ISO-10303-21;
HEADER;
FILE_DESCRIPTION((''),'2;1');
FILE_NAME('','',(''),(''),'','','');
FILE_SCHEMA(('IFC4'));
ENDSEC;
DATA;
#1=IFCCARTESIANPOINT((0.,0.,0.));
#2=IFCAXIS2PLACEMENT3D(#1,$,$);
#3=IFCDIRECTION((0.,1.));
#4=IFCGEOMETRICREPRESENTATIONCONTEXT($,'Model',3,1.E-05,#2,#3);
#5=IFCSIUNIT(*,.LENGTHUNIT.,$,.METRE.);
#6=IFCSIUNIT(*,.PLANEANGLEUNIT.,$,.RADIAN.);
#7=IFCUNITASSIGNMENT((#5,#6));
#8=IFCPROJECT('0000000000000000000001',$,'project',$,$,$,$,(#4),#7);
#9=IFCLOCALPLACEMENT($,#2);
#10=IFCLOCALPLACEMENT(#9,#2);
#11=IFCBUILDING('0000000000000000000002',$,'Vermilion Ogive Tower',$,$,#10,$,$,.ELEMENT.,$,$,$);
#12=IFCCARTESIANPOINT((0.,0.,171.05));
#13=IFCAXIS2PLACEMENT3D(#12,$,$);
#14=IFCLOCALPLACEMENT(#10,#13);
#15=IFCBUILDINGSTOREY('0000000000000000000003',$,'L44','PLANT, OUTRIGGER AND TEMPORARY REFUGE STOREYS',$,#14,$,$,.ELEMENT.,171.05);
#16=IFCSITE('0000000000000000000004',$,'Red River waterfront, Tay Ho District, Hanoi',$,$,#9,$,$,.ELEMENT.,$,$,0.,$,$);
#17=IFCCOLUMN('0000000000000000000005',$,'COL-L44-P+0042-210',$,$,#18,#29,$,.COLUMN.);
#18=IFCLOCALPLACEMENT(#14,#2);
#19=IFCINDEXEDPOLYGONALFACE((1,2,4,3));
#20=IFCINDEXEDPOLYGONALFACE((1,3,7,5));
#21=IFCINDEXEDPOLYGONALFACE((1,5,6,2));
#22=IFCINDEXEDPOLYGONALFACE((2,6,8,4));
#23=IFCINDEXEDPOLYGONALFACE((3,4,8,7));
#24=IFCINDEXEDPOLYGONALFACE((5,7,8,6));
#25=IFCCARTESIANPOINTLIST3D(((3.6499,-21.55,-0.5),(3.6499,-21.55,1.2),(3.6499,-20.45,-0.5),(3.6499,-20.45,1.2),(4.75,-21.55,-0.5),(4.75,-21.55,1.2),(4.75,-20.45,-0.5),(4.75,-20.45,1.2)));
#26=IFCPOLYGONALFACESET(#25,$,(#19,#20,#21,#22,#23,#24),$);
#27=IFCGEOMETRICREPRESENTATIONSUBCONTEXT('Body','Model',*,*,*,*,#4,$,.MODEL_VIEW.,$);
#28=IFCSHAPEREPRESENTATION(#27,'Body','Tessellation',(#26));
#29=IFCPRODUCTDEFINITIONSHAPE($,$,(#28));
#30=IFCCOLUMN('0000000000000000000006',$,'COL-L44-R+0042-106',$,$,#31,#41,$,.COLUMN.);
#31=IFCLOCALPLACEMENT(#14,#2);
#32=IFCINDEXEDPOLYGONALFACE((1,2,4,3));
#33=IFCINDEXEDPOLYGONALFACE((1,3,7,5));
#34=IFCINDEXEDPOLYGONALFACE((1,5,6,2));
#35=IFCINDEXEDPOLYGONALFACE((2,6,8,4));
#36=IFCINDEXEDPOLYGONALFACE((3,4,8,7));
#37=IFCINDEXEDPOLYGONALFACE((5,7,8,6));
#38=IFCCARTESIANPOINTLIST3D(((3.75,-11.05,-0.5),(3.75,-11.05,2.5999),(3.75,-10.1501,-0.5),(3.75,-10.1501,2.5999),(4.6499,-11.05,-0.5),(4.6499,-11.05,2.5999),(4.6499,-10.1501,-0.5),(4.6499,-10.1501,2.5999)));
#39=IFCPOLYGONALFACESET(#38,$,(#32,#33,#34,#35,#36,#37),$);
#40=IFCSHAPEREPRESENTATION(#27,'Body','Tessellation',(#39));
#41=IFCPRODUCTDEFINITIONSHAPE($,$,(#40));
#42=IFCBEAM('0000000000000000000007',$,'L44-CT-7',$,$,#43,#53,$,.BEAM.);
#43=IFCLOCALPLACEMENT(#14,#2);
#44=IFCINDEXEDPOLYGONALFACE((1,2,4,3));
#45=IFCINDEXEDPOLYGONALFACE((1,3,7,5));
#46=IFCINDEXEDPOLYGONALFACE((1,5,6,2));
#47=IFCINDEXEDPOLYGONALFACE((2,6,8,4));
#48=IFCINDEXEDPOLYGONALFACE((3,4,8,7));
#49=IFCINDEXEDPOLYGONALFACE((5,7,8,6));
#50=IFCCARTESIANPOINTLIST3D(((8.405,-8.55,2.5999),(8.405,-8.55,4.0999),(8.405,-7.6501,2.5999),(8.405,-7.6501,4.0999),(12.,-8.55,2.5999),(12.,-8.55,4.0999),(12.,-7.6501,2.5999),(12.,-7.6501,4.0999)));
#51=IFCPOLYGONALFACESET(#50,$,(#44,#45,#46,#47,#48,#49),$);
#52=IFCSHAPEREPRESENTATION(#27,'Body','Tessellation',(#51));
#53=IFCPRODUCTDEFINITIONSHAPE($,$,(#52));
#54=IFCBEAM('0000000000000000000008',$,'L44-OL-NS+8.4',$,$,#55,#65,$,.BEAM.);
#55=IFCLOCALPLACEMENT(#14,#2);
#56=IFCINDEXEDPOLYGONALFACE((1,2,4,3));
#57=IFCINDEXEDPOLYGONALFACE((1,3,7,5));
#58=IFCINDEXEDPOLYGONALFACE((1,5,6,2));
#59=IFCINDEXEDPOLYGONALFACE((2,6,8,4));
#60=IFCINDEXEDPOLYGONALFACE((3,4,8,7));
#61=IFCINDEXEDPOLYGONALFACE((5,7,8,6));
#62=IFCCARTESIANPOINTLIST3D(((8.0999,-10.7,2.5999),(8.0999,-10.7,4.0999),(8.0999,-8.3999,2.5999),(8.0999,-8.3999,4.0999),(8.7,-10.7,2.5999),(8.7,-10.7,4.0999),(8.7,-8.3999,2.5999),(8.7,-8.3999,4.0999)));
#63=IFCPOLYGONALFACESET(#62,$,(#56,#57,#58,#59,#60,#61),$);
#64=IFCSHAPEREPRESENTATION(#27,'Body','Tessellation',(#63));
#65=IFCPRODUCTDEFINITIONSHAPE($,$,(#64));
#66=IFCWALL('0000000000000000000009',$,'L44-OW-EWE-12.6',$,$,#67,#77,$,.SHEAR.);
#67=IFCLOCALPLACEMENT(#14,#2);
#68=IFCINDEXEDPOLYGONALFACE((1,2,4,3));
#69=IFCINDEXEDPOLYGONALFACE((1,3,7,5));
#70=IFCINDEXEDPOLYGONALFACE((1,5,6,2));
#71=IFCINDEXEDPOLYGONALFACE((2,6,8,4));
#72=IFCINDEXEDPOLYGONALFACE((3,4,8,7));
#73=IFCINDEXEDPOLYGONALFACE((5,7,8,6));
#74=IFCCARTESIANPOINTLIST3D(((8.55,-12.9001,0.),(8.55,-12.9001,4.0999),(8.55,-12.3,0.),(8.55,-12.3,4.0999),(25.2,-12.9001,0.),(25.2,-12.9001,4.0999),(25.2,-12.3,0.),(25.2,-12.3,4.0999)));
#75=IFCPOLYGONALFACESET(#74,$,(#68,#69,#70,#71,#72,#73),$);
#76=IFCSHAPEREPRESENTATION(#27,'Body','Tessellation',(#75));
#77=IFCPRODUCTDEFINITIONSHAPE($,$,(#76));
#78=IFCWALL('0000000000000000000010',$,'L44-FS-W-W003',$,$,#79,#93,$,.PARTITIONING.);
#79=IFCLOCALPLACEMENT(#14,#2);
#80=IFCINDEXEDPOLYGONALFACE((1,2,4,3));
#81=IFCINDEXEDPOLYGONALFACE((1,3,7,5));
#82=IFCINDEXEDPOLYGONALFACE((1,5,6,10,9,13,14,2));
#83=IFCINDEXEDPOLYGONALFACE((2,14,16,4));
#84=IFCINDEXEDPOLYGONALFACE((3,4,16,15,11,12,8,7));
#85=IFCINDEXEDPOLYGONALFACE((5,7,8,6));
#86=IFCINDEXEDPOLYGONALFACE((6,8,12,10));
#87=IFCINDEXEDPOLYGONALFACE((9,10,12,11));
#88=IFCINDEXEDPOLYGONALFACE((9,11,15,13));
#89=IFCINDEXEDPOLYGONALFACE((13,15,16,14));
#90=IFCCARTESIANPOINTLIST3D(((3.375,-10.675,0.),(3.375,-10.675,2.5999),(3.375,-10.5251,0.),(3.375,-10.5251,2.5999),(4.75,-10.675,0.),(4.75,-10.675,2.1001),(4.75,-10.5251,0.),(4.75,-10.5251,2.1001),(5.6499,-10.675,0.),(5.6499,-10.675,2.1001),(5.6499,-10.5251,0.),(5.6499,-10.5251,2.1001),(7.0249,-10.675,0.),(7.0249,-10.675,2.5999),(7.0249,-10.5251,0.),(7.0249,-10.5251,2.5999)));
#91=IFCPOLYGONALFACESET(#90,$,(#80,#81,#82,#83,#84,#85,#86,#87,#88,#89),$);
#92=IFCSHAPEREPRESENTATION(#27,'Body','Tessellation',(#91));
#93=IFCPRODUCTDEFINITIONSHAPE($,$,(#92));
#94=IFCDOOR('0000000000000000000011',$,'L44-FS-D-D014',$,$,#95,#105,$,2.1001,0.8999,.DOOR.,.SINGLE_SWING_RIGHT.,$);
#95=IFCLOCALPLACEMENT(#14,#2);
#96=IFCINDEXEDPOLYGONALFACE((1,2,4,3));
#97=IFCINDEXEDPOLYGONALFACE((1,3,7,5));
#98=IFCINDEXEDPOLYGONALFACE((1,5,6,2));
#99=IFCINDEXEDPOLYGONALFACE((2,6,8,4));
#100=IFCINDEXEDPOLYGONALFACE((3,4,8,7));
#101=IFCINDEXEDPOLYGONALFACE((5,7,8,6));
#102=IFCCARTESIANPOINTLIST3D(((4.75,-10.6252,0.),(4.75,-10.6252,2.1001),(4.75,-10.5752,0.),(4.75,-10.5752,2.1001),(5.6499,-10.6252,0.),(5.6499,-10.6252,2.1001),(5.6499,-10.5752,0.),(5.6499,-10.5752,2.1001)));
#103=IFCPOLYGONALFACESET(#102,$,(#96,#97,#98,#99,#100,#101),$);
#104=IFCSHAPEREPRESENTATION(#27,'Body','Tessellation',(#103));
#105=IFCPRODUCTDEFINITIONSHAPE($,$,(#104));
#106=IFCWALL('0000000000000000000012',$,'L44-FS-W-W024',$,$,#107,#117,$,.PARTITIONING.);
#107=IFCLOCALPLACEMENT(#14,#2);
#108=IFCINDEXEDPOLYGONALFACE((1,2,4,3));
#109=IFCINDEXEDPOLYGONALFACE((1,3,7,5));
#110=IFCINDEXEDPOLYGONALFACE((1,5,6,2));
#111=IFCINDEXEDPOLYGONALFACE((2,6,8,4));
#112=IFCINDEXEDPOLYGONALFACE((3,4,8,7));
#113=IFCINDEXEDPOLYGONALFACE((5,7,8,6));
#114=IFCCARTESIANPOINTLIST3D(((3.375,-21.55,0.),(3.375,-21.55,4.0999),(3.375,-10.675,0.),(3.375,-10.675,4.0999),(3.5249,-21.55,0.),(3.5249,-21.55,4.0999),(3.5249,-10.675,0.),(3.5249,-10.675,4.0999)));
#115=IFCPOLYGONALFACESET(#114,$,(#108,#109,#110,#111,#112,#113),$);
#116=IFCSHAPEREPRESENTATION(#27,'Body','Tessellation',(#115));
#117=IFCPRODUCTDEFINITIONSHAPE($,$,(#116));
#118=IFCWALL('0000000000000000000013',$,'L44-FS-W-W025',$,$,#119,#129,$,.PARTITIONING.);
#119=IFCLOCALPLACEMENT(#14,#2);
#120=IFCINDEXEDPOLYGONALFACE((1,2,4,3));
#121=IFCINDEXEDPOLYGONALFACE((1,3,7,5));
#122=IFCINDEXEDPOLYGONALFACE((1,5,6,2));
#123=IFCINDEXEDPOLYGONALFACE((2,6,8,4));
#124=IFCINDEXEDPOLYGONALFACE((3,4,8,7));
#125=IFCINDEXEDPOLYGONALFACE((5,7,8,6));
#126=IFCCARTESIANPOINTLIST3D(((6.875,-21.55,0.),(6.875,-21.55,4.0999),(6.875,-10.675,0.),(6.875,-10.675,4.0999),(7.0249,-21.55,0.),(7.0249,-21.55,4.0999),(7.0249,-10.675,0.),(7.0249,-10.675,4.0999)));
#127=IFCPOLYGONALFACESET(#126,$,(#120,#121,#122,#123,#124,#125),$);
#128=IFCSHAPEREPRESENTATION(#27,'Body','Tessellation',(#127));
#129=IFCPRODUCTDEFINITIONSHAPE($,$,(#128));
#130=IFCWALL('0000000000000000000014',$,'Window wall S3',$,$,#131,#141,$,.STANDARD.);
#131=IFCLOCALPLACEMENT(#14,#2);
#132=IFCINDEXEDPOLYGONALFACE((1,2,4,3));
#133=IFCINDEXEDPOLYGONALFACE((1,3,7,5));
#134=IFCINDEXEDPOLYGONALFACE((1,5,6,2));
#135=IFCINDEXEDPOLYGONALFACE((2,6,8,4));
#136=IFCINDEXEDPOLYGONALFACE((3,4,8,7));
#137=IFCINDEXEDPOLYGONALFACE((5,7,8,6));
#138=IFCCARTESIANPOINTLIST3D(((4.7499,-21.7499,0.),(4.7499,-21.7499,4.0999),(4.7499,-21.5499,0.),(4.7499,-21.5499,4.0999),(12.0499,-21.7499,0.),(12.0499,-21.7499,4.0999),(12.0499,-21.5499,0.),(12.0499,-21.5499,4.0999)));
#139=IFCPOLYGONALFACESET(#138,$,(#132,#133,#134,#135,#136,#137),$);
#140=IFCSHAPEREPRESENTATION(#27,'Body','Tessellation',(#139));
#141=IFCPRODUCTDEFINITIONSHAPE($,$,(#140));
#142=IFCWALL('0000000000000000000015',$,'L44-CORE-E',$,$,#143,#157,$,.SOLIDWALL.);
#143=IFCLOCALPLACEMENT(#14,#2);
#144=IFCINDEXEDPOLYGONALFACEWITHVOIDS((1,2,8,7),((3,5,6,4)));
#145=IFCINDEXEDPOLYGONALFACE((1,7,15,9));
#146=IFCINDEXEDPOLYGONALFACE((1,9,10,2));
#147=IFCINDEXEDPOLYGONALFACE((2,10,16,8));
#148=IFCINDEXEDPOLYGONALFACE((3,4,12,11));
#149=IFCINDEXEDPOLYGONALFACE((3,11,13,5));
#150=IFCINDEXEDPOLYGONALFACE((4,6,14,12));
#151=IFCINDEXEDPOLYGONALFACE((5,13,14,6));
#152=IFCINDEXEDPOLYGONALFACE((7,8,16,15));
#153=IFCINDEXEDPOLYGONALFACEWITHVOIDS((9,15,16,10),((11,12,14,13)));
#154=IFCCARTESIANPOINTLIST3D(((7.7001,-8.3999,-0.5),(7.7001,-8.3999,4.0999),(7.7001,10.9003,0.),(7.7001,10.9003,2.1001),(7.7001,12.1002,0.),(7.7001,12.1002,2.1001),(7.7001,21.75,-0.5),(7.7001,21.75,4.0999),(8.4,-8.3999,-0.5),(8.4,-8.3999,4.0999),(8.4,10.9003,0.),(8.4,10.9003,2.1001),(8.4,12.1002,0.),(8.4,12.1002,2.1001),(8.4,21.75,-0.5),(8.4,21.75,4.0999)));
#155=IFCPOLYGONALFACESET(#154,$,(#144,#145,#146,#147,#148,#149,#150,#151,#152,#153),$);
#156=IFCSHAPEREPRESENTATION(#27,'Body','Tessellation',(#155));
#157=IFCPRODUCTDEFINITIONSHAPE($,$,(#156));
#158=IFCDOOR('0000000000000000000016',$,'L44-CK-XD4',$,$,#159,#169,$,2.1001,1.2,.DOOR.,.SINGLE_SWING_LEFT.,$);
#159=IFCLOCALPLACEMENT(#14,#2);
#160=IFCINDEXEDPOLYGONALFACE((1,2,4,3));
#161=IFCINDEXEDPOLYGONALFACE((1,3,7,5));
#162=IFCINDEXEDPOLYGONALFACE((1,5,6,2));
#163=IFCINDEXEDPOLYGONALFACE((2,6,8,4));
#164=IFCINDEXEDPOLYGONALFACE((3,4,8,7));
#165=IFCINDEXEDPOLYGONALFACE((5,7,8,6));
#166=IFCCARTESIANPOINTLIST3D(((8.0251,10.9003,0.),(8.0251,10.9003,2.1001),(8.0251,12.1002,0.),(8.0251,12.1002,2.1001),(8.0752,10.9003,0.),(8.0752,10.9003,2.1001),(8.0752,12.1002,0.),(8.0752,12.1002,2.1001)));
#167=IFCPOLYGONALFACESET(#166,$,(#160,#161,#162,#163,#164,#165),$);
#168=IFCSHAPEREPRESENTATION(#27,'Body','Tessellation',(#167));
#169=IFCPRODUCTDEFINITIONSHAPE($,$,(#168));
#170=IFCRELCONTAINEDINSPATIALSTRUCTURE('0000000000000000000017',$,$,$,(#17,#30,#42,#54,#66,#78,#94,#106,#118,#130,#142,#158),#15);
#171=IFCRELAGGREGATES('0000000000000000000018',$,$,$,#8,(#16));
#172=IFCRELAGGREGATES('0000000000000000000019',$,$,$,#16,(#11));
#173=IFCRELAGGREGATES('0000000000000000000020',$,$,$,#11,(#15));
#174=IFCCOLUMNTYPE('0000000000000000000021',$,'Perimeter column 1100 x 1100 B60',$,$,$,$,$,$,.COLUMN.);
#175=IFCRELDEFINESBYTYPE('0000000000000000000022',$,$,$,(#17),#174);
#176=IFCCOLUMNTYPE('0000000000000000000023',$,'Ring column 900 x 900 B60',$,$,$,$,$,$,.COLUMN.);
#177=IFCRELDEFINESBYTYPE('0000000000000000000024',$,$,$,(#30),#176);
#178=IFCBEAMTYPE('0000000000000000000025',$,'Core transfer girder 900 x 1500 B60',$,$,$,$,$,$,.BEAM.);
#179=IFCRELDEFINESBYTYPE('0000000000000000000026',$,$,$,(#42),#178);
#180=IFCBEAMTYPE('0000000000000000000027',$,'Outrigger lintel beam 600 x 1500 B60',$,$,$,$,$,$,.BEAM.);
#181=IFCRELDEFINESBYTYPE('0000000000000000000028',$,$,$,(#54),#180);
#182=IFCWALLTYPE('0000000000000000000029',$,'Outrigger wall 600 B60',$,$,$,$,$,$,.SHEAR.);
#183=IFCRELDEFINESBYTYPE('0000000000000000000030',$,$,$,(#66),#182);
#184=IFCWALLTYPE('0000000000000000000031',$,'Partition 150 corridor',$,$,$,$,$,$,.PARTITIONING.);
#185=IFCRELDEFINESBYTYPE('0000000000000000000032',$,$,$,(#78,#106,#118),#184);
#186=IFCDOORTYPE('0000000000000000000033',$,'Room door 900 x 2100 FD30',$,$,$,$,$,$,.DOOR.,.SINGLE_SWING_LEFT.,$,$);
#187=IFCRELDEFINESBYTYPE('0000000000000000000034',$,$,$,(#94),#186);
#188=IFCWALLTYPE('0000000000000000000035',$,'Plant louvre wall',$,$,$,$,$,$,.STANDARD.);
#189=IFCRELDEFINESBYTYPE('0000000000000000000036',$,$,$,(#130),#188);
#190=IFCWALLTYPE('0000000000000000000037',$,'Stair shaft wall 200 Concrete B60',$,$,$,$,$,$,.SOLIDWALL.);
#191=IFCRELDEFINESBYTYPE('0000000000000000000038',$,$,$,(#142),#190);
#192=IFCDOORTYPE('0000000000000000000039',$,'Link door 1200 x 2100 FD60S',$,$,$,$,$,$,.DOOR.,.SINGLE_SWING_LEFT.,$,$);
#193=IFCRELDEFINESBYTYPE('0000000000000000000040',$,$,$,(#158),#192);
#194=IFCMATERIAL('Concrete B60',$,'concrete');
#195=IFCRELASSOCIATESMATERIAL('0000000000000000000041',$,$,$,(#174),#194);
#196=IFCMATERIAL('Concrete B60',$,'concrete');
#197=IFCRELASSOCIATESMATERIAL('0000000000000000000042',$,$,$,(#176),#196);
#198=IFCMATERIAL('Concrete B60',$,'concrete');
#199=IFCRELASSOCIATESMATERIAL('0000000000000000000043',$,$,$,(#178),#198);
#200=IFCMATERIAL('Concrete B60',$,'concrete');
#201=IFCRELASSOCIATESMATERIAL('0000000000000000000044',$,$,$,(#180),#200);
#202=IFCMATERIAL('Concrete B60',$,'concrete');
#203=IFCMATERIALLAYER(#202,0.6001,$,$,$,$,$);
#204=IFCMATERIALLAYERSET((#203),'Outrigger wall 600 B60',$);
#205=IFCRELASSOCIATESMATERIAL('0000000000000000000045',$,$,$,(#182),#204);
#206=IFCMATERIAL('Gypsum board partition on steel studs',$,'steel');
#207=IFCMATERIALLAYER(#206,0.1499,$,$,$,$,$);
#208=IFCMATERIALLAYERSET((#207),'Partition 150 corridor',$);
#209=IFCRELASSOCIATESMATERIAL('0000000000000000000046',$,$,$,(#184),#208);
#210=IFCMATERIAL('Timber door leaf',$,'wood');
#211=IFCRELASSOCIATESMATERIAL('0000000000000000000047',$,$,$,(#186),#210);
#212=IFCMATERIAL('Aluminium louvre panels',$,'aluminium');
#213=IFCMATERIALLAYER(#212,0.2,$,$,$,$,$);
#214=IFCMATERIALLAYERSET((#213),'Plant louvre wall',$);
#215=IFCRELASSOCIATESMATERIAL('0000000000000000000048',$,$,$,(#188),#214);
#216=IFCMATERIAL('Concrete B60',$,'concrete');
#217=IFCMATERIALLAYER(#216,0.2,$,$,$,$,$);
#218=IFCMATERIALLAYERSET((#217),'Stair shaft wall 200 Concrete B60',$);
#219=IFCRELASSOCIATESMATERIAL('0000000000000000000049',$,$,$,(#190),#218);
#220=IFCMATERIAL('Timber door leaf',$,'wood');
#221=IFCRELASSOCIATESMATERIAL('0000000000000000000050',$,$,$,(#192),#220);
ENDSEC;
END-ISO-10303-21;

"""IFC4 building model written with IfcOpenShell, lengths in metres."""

from ifc_helpers import new_model, si_unit, direction, frame, frame_2d, origin, origin_2d, place, context, subcontext, project, spatial, rectangle, extrude, material, layer, layer_set, material_profile, profile_set, type_object, element, fill, save


model = new_model("IFC4")

# Units and contexts
model_context = context("Model", 3, precision=1e-05, world=origin(), true_north=direction((0.0, 1.0)))
body_context = subcontext(model_context, "Body", "Model", "MODEL_VIEW")
ifc_project = project(units=[si_unit("LENGTHUNIT", "METRE"), si_unit("PLANEANGLEUNIT", "RADIAN")], contexts=[model_context])

# Site, building, storey
site_placement = place(None, origin())
site = spatial("IfcSite", under=ifc_project, at=site_placement, Name="Red River waterfront, Tay Ho District, Hanoi", CompositionType="ELEMENT", RefElevation=0.0)
building_placement = place(site_placement, origin())
building = spatial("IfcBuilding", under=site, at=building_placement, Name="Vermilion Ogive Tower", CompositionType="ELEMENT")
storey_placement = place(building_placement, frame((0.0, 0.0, 171.05)))
storey = spatial("IfcBuildingStorey", under=building, at=storey_placement, Name="L44", Description="PLANT, OUTRIGGER AND TEMPORARY REFUGE STOREYS", CompositionType="ELEMENT", Elevation=171.05)

# Columns
ifc_material_1 = material(Name="Concrete B60", Category="concrete")
ifc_material_profile_1 = material_profile(ifc_material_1, rectangle(XDim=1.1001, YDim=1.1001, at=origin_2d()), Name="1100 x 1100")
ifc_profile_set_1 = profile_set([ifc_material_profile_1], Name="Concrete B60")
column_type_1 = type_object("IfcColumnType", Name="Perimeter column 1100 x 1100 B60", PredefinedType="COLUMN", material=ifc_profile_set_1)
column_1_placement = place(storey_placement, frame((4.2, -21.0, -0.5), z_axis=(0.0, 0.0, 1.0), x_axis=(1.0, 0.0, 0.0)))
element("IfcColumn", 1, at=column_1_placement, inside=storey, type_object=column_type_1, Name="COL-L44-P+0042-210", PredefinedType="COLUMN", context=body_context, shape_type="SweptSolid", body=[
    extrude(rectangle(XDim=1.1001, YDim=1.1001, at=origin_2d()), origin(), (0.0, 0.0, 1.0), 1.7),
])
ifc_material_2 = material(Name="Concrete B60", Category="concrete")
ifc_material_profile_2 = material_profile(ifc_material_2, rectangle(XDim=0.8999, YDim=0.8999, at=origin_2d()), Name="900 x 900")
ifc_profile_set_2 = profile_set([ifc_material_profile_2], Name="Concrete B60")
column_type_2 = type_object("IfcColumnType", Name="Ring column 900 x 900 B60", PredefinedType="COLUMN", material=ifc_profile_set_2)
column_2_placement = place(storey_placement, frame((4.2, -10.6001, -0.5), z_axis=(0.0, 0.0, 1.0), x_axis=(1.0, 0.0, 0.0)))
element("IfcColumn", 2, at=column_2_placement, inside=storey, type_object=column_type_2, Name="COL-L44-R+0042-106", PredefinedType="COLUMN", context=body_context, shape_type="SweptSolid", body=[
    extrude(rectangle(XDim=0.8999, YDim=0.8999, at=origin_2d()), origin(), (0.0, 0.0, 1.0), 3.0999),
])

# Beams
ifc_material_3 = material(Name="Concrete B60", Category="concrete")
ifc_material_profile_3 = material_profile(ifc_material_3, rectangle(XDim=0.8999, YDim=1.5, at=origin_2d()), Name="900 x 1500")
ifc_profile_set_3 = profile_set([ifc_material_profile_3], Name="Concrete B60")
beam_type_1 = type_object("IfcBeamType", Name="Core transfer girder 900 x 1500 B60", PredefinedType="BEAM", material=ifc_profile_set_3)
beam_1_placement = place(storey_placement, frame((8.405, -8.1001, 3.3499), z_axis=(1.0, 0.0, 0.0), x_axis=(0.0, 1.0, 0.0)))
element("IfcBeam", 3, at=beam_1_placement, inside=storey, type_object=beam_type_1, Name="L44-CT-7", PredefinedType="BEAM", context=body_context, shape_type="SweptSolid", body=[
    extrude(rectangle(XDim=0.8999, YDim=1.5, at=origin_2d()), origin(), (0.0, 0.0, 1.0), 3.595),
])
ifc_material_4 = material(Name="Concrete B60", Category="concrete")
ifc_material_profile_4 = material_profile(ifc_material_4, rectangle(XDim=0.6001, YDim=1.5, at=origin_2d()), Name="600 x 1500")
ifc_profile_set_4 = profile_set([ifc_material_profile_4], Name="Concrete B60")
beam_type_2 = type_object("IfcBeamType", Name="Outrigger lintel beam 600 x 1500 B60", PredefinedType="BEAM", material=ifc_profile_set_4)
beam_2_placement = place(storey_placement, frame((8.3999, -8.3999, 3.3499), z_axis=(0.0, -1.0, 0.0), x_axis=(1.0, 0.0, 0.0)))
element("IfcBeam", 4, at=beam_2_placement, inside=storey, type_object=beam_type_2, Name="L44-OL-NS+8.4", PredefinedType="BEAM", context=body_context, shape_type="SweptSolid", body=[
    extrude(rectangle(XDim=0.6001, YDim=1.5, at=origin_2d()), origin(), (0.0, 0.0, 1.0), 2.3),
])

# Wall
ifc_material_5 = material(Name="Concrete B60", Category="concrete")
ifc_layer_1 = layer(ifc_material_5, 0.6001)
ifc_layer_set_1 = layer_set([ifc_layer_1], Name="Outrigger wall 600 B60")
wall_type_1 = type_object("IfcWallType", Name="Outrigger wall 600 B60", PredefinedType="SHEAR", material=ifc_layer_set_1)
wall_1_placement = place(storey_placement, frame((8.55, -12.6001, 0.0), z_axis=(0.0, 0.0, 1.0), x_axis=(1.0, 0.0, 0.0)))
element("IfcWall", 5, at=wall_1_placement, inside=storey, type_object=wall_type_1, Name="L44-OW-EWE-12.6", PredefinedType="SHEAR", context=body_context, shape_type="SweptSolid", body=[
    extrude(rectangle(XDim=16.6499, YDim=0.6001, at=frame_2d((8.325, 0.0))), origin(), (0.0, 0.0, 1.0), 4.0999),
])

# Wall, opening, door
ifc_material_6 = material(Name="Gypsum board partition on steel studs", Category="steel")
ifc_layer_2 = layer(ifc_material_6, 0.1499)
ifc_layer_set_2 = layer_set([ifc_layer_2], Name="Partition 150 corridor")
wall_type_2 = type_object("IfcWallType", Name="Partition 150 corridor", PredefinedType="PARTITIONING", material=ifc_layer_set_2)
wall_2_placement = place(storey_placement, frame((3.375, -10.6001, 0.0), z_axis=(0.0, 0.0, 1.0), x_axis=(1.0, 0.0, 0.0)))
wall_2 = element("IfcWall", 6, at=wall_2_placement, inside=storey, type_object=wall_type_2, Name="L44-FS-W-W003", PredefinedType="PARTITIONING", context=body_context, shape_type="SweptSolid", body=[
    extrude(rectangle(XDim=3.6499, YDim=0.1499, at=frame_2d((1.825, 0.0))), origin(), (0.0, 0.0, 1.0), 2.5999),
])
opening_1_placement = place(wall_2_placement, frame((1.375, 0.0, 0.0)))
opening_1 = element("IfcOpeningElement", 7, at=opening_1_placement, cuts=wall_2, PredefinedType="OPENING", context=body_context, shape_type="SweptSolid", body=[
    extrude(rectangle(XDim=0.8999, YDim=2.1001, at=frame_2d((0.45, 1.05))), frame((0.0, 0.085, 0.0), z_axis=(0.0, -1.0, 0.0), x_axis=(1.0, 0.0, 0.0)), (0.0, 0.0, 1.0), 0.1699),
])
ifc_material_7 = material(Name="Timber door leaf", Category="wood")
door_type_1 = type_object("IfcDoorType", Name="Room door 900 x 2100 FD30", OperationType="SINGLE_SWING_LEFT", PredefinedType="DOOR", material=ifc_material_7)
door_1_placement = place(opening_1_placement, origin())
door_1 = element("IfcDoor", 8, at=door_1_placement, inside=storey, type_object=door_type_1, Name="L44-FS-D-D014", OperationType="SINGLE_SWING_RIGHT", OverallHeight=2.1001, OverallWidth=0.8999, PredefinedType="DOOR", context=body_context, shape_type="SweptSolid", body=[
    extrude(rectangle(XDim=0.8999, YDim=2.1001, at=frame_2d((0.45, 1.05))), frame((0.0, 0.0249, 0.0), z_axis=(0.0, -1.0, 0.0), x_axis=(1.0, 0.0, 0.0)), (0.0, 0.0, 1.0), 0.05),
])
fill(opening_1, door_1)

# Walls
for number, where, z_axis, x_axis, name in (
    (9, (3.45, -21.55, 0.0), (0.0, 0.0, 1.0), (0.0, 1.0, 0.0), "L44-FS-W-W024"),
    (10, (6.95, -21.55, 0.0), (0.0, 0.0, 1.0), (0.0, 1.0, 0.0), "L44-FS-W-W025"),
):
    element("IfcWall", number, at=place(storey_placement, frame(where, z_axis=z_axis, x_axis=x_axis)), inside=storey, type_object=wall_type_2, Name=name, PredefinedType="PARTITIONING", context=body_context, shape_type="SweptSolid", body=[
        extrude(rectangle(XDim=10.875, YDim=0.1499, at=frame_2d((5.4375, 0.0))), origin(), (0.0, 0.0, 1.0), 4.0999),
    ])
ifc_material_8 = material(Name="Aluminium louvre panels", Category="aluminium")
ifc_layer_3 = layer(ifc_material_8, 0.2)
ifc_layer_set_3 = layer_set([ifc_layer_3], Name="Plant louvre wall")
wall_type_3 = type_object("IfcWallType", Name="Plant louvre wall", PredefinedType="STANDARD", material=ifc_layer_set_3)
wall_3_placement = place(storey_placement, frame((4.75, -21.6499, 0.0), z_axis=(0.0, 0.0, 1.0), x_axis=(1.0, 0.0, 0.0)))
element("IfcWall", 11, at=wall_3_placement, inside=storey, type_object=wall_type_3, Name="Window wall S3", PredefinedType="STANDARD", context=body_context, shape_type="SweptSolid", body=[
    extrude(rectangle(XDim=7.3, YDim=0.2, at=frame_2d((3.6499, 0.0))), origin(), (0.0, 0.0, 1.0), 4.0999),
])

# Wall, opening, door
ifc_material_9 = material(Name="Concrete B60", Category="concrete")
ifc_layer_4 = layer(ifc_material_9, 0.2)
ifc_layer_set_4 = layer_set([ifc_layer_4], Name="Stair shaft wall 200 Concrete B60")
wall_type_4 = type_object("IfcWallType", Name="Stair shaft wall 200 Concrete B60", PredefinedType="SOLIDWALL", material=ifc_layer_set_4)
wall_4_placement = place(storey_placement, frame((8.05, -8.3999, -0.5), z_axis=(0.0, 0.0, 1.0), x_axis=(0.0, 1.0, 0.0)))
wall_4 = element("IfcWall", 12, at=wall_4_placement, inside=storey, type_object=wall_type_4, Name="L44-CORE-E", PredefinedType="SOLIDWALL", context=body_context, shape_type="SweptSolid", body=[
    extrude(rectangle(XDim=30.1499, YDim=0.7, at=frame_2d((15.075, 0.0))), origin(), (0.0, 0.0, 1.0), 4.5999),
])
opening_2_placement = place(wall_4_placement, frame((19.3, 0.0, 0.5)))
opening_2 = element("IfcOpeningElement", 13, at=opening_2_placement, cuts=wall_4, PredefinedType="OPENING", context=body_context, shape_type="SweptSolid", body=[
    extrude(rectangle(XDim=1.2, YDim=2.1001, at=frame_2d((0.6001, 1.05))), frame((0.0, 0.3599, 0.0), z_axis=(0.0, -1.0, 0.0), x_axis=(1.0, 0.0, 0.0)), (0.0, 0.0, 1.0), 0.72),
])
ifc_material_10 = material(Name="Timber door leaf", Category="wood")
door_type_2 = type_object("IfcDoorType", Name="Link door 1200 x 2100 FD60S", OperationType="SINGLE_SWING_LEFT", PredefinedType="DOOR", material=ifc_material_10)
door_2_placement = place(opening_2_placement, origin())
door_2 = element("IfcDoor", 14, at=door_2_placement, inside=storey, type_object=door_type_2, Name="L44-CK-XD4", OperationType="SINGLE_SWING_LEFT", OverallHeight=2.1001, OverallWidth=1.2, PredefinedType="DOOR", context=body_context, shape_type="SweptSolid", body=[
    extrude(rectangle(XDim=1.2, YDim=2.1001, at=frame_2d((0.6001, 1.05))), frame((0.0, 0.0249, 0.0), z_axis=(0.0, -1.0, 0.0), x_axis=(1.0, 0.0, 0.0)), (0.0, 0.0, 1.0), 0.05),
])
fill(opening_2, door_2)

save(model, "model.ifc")
